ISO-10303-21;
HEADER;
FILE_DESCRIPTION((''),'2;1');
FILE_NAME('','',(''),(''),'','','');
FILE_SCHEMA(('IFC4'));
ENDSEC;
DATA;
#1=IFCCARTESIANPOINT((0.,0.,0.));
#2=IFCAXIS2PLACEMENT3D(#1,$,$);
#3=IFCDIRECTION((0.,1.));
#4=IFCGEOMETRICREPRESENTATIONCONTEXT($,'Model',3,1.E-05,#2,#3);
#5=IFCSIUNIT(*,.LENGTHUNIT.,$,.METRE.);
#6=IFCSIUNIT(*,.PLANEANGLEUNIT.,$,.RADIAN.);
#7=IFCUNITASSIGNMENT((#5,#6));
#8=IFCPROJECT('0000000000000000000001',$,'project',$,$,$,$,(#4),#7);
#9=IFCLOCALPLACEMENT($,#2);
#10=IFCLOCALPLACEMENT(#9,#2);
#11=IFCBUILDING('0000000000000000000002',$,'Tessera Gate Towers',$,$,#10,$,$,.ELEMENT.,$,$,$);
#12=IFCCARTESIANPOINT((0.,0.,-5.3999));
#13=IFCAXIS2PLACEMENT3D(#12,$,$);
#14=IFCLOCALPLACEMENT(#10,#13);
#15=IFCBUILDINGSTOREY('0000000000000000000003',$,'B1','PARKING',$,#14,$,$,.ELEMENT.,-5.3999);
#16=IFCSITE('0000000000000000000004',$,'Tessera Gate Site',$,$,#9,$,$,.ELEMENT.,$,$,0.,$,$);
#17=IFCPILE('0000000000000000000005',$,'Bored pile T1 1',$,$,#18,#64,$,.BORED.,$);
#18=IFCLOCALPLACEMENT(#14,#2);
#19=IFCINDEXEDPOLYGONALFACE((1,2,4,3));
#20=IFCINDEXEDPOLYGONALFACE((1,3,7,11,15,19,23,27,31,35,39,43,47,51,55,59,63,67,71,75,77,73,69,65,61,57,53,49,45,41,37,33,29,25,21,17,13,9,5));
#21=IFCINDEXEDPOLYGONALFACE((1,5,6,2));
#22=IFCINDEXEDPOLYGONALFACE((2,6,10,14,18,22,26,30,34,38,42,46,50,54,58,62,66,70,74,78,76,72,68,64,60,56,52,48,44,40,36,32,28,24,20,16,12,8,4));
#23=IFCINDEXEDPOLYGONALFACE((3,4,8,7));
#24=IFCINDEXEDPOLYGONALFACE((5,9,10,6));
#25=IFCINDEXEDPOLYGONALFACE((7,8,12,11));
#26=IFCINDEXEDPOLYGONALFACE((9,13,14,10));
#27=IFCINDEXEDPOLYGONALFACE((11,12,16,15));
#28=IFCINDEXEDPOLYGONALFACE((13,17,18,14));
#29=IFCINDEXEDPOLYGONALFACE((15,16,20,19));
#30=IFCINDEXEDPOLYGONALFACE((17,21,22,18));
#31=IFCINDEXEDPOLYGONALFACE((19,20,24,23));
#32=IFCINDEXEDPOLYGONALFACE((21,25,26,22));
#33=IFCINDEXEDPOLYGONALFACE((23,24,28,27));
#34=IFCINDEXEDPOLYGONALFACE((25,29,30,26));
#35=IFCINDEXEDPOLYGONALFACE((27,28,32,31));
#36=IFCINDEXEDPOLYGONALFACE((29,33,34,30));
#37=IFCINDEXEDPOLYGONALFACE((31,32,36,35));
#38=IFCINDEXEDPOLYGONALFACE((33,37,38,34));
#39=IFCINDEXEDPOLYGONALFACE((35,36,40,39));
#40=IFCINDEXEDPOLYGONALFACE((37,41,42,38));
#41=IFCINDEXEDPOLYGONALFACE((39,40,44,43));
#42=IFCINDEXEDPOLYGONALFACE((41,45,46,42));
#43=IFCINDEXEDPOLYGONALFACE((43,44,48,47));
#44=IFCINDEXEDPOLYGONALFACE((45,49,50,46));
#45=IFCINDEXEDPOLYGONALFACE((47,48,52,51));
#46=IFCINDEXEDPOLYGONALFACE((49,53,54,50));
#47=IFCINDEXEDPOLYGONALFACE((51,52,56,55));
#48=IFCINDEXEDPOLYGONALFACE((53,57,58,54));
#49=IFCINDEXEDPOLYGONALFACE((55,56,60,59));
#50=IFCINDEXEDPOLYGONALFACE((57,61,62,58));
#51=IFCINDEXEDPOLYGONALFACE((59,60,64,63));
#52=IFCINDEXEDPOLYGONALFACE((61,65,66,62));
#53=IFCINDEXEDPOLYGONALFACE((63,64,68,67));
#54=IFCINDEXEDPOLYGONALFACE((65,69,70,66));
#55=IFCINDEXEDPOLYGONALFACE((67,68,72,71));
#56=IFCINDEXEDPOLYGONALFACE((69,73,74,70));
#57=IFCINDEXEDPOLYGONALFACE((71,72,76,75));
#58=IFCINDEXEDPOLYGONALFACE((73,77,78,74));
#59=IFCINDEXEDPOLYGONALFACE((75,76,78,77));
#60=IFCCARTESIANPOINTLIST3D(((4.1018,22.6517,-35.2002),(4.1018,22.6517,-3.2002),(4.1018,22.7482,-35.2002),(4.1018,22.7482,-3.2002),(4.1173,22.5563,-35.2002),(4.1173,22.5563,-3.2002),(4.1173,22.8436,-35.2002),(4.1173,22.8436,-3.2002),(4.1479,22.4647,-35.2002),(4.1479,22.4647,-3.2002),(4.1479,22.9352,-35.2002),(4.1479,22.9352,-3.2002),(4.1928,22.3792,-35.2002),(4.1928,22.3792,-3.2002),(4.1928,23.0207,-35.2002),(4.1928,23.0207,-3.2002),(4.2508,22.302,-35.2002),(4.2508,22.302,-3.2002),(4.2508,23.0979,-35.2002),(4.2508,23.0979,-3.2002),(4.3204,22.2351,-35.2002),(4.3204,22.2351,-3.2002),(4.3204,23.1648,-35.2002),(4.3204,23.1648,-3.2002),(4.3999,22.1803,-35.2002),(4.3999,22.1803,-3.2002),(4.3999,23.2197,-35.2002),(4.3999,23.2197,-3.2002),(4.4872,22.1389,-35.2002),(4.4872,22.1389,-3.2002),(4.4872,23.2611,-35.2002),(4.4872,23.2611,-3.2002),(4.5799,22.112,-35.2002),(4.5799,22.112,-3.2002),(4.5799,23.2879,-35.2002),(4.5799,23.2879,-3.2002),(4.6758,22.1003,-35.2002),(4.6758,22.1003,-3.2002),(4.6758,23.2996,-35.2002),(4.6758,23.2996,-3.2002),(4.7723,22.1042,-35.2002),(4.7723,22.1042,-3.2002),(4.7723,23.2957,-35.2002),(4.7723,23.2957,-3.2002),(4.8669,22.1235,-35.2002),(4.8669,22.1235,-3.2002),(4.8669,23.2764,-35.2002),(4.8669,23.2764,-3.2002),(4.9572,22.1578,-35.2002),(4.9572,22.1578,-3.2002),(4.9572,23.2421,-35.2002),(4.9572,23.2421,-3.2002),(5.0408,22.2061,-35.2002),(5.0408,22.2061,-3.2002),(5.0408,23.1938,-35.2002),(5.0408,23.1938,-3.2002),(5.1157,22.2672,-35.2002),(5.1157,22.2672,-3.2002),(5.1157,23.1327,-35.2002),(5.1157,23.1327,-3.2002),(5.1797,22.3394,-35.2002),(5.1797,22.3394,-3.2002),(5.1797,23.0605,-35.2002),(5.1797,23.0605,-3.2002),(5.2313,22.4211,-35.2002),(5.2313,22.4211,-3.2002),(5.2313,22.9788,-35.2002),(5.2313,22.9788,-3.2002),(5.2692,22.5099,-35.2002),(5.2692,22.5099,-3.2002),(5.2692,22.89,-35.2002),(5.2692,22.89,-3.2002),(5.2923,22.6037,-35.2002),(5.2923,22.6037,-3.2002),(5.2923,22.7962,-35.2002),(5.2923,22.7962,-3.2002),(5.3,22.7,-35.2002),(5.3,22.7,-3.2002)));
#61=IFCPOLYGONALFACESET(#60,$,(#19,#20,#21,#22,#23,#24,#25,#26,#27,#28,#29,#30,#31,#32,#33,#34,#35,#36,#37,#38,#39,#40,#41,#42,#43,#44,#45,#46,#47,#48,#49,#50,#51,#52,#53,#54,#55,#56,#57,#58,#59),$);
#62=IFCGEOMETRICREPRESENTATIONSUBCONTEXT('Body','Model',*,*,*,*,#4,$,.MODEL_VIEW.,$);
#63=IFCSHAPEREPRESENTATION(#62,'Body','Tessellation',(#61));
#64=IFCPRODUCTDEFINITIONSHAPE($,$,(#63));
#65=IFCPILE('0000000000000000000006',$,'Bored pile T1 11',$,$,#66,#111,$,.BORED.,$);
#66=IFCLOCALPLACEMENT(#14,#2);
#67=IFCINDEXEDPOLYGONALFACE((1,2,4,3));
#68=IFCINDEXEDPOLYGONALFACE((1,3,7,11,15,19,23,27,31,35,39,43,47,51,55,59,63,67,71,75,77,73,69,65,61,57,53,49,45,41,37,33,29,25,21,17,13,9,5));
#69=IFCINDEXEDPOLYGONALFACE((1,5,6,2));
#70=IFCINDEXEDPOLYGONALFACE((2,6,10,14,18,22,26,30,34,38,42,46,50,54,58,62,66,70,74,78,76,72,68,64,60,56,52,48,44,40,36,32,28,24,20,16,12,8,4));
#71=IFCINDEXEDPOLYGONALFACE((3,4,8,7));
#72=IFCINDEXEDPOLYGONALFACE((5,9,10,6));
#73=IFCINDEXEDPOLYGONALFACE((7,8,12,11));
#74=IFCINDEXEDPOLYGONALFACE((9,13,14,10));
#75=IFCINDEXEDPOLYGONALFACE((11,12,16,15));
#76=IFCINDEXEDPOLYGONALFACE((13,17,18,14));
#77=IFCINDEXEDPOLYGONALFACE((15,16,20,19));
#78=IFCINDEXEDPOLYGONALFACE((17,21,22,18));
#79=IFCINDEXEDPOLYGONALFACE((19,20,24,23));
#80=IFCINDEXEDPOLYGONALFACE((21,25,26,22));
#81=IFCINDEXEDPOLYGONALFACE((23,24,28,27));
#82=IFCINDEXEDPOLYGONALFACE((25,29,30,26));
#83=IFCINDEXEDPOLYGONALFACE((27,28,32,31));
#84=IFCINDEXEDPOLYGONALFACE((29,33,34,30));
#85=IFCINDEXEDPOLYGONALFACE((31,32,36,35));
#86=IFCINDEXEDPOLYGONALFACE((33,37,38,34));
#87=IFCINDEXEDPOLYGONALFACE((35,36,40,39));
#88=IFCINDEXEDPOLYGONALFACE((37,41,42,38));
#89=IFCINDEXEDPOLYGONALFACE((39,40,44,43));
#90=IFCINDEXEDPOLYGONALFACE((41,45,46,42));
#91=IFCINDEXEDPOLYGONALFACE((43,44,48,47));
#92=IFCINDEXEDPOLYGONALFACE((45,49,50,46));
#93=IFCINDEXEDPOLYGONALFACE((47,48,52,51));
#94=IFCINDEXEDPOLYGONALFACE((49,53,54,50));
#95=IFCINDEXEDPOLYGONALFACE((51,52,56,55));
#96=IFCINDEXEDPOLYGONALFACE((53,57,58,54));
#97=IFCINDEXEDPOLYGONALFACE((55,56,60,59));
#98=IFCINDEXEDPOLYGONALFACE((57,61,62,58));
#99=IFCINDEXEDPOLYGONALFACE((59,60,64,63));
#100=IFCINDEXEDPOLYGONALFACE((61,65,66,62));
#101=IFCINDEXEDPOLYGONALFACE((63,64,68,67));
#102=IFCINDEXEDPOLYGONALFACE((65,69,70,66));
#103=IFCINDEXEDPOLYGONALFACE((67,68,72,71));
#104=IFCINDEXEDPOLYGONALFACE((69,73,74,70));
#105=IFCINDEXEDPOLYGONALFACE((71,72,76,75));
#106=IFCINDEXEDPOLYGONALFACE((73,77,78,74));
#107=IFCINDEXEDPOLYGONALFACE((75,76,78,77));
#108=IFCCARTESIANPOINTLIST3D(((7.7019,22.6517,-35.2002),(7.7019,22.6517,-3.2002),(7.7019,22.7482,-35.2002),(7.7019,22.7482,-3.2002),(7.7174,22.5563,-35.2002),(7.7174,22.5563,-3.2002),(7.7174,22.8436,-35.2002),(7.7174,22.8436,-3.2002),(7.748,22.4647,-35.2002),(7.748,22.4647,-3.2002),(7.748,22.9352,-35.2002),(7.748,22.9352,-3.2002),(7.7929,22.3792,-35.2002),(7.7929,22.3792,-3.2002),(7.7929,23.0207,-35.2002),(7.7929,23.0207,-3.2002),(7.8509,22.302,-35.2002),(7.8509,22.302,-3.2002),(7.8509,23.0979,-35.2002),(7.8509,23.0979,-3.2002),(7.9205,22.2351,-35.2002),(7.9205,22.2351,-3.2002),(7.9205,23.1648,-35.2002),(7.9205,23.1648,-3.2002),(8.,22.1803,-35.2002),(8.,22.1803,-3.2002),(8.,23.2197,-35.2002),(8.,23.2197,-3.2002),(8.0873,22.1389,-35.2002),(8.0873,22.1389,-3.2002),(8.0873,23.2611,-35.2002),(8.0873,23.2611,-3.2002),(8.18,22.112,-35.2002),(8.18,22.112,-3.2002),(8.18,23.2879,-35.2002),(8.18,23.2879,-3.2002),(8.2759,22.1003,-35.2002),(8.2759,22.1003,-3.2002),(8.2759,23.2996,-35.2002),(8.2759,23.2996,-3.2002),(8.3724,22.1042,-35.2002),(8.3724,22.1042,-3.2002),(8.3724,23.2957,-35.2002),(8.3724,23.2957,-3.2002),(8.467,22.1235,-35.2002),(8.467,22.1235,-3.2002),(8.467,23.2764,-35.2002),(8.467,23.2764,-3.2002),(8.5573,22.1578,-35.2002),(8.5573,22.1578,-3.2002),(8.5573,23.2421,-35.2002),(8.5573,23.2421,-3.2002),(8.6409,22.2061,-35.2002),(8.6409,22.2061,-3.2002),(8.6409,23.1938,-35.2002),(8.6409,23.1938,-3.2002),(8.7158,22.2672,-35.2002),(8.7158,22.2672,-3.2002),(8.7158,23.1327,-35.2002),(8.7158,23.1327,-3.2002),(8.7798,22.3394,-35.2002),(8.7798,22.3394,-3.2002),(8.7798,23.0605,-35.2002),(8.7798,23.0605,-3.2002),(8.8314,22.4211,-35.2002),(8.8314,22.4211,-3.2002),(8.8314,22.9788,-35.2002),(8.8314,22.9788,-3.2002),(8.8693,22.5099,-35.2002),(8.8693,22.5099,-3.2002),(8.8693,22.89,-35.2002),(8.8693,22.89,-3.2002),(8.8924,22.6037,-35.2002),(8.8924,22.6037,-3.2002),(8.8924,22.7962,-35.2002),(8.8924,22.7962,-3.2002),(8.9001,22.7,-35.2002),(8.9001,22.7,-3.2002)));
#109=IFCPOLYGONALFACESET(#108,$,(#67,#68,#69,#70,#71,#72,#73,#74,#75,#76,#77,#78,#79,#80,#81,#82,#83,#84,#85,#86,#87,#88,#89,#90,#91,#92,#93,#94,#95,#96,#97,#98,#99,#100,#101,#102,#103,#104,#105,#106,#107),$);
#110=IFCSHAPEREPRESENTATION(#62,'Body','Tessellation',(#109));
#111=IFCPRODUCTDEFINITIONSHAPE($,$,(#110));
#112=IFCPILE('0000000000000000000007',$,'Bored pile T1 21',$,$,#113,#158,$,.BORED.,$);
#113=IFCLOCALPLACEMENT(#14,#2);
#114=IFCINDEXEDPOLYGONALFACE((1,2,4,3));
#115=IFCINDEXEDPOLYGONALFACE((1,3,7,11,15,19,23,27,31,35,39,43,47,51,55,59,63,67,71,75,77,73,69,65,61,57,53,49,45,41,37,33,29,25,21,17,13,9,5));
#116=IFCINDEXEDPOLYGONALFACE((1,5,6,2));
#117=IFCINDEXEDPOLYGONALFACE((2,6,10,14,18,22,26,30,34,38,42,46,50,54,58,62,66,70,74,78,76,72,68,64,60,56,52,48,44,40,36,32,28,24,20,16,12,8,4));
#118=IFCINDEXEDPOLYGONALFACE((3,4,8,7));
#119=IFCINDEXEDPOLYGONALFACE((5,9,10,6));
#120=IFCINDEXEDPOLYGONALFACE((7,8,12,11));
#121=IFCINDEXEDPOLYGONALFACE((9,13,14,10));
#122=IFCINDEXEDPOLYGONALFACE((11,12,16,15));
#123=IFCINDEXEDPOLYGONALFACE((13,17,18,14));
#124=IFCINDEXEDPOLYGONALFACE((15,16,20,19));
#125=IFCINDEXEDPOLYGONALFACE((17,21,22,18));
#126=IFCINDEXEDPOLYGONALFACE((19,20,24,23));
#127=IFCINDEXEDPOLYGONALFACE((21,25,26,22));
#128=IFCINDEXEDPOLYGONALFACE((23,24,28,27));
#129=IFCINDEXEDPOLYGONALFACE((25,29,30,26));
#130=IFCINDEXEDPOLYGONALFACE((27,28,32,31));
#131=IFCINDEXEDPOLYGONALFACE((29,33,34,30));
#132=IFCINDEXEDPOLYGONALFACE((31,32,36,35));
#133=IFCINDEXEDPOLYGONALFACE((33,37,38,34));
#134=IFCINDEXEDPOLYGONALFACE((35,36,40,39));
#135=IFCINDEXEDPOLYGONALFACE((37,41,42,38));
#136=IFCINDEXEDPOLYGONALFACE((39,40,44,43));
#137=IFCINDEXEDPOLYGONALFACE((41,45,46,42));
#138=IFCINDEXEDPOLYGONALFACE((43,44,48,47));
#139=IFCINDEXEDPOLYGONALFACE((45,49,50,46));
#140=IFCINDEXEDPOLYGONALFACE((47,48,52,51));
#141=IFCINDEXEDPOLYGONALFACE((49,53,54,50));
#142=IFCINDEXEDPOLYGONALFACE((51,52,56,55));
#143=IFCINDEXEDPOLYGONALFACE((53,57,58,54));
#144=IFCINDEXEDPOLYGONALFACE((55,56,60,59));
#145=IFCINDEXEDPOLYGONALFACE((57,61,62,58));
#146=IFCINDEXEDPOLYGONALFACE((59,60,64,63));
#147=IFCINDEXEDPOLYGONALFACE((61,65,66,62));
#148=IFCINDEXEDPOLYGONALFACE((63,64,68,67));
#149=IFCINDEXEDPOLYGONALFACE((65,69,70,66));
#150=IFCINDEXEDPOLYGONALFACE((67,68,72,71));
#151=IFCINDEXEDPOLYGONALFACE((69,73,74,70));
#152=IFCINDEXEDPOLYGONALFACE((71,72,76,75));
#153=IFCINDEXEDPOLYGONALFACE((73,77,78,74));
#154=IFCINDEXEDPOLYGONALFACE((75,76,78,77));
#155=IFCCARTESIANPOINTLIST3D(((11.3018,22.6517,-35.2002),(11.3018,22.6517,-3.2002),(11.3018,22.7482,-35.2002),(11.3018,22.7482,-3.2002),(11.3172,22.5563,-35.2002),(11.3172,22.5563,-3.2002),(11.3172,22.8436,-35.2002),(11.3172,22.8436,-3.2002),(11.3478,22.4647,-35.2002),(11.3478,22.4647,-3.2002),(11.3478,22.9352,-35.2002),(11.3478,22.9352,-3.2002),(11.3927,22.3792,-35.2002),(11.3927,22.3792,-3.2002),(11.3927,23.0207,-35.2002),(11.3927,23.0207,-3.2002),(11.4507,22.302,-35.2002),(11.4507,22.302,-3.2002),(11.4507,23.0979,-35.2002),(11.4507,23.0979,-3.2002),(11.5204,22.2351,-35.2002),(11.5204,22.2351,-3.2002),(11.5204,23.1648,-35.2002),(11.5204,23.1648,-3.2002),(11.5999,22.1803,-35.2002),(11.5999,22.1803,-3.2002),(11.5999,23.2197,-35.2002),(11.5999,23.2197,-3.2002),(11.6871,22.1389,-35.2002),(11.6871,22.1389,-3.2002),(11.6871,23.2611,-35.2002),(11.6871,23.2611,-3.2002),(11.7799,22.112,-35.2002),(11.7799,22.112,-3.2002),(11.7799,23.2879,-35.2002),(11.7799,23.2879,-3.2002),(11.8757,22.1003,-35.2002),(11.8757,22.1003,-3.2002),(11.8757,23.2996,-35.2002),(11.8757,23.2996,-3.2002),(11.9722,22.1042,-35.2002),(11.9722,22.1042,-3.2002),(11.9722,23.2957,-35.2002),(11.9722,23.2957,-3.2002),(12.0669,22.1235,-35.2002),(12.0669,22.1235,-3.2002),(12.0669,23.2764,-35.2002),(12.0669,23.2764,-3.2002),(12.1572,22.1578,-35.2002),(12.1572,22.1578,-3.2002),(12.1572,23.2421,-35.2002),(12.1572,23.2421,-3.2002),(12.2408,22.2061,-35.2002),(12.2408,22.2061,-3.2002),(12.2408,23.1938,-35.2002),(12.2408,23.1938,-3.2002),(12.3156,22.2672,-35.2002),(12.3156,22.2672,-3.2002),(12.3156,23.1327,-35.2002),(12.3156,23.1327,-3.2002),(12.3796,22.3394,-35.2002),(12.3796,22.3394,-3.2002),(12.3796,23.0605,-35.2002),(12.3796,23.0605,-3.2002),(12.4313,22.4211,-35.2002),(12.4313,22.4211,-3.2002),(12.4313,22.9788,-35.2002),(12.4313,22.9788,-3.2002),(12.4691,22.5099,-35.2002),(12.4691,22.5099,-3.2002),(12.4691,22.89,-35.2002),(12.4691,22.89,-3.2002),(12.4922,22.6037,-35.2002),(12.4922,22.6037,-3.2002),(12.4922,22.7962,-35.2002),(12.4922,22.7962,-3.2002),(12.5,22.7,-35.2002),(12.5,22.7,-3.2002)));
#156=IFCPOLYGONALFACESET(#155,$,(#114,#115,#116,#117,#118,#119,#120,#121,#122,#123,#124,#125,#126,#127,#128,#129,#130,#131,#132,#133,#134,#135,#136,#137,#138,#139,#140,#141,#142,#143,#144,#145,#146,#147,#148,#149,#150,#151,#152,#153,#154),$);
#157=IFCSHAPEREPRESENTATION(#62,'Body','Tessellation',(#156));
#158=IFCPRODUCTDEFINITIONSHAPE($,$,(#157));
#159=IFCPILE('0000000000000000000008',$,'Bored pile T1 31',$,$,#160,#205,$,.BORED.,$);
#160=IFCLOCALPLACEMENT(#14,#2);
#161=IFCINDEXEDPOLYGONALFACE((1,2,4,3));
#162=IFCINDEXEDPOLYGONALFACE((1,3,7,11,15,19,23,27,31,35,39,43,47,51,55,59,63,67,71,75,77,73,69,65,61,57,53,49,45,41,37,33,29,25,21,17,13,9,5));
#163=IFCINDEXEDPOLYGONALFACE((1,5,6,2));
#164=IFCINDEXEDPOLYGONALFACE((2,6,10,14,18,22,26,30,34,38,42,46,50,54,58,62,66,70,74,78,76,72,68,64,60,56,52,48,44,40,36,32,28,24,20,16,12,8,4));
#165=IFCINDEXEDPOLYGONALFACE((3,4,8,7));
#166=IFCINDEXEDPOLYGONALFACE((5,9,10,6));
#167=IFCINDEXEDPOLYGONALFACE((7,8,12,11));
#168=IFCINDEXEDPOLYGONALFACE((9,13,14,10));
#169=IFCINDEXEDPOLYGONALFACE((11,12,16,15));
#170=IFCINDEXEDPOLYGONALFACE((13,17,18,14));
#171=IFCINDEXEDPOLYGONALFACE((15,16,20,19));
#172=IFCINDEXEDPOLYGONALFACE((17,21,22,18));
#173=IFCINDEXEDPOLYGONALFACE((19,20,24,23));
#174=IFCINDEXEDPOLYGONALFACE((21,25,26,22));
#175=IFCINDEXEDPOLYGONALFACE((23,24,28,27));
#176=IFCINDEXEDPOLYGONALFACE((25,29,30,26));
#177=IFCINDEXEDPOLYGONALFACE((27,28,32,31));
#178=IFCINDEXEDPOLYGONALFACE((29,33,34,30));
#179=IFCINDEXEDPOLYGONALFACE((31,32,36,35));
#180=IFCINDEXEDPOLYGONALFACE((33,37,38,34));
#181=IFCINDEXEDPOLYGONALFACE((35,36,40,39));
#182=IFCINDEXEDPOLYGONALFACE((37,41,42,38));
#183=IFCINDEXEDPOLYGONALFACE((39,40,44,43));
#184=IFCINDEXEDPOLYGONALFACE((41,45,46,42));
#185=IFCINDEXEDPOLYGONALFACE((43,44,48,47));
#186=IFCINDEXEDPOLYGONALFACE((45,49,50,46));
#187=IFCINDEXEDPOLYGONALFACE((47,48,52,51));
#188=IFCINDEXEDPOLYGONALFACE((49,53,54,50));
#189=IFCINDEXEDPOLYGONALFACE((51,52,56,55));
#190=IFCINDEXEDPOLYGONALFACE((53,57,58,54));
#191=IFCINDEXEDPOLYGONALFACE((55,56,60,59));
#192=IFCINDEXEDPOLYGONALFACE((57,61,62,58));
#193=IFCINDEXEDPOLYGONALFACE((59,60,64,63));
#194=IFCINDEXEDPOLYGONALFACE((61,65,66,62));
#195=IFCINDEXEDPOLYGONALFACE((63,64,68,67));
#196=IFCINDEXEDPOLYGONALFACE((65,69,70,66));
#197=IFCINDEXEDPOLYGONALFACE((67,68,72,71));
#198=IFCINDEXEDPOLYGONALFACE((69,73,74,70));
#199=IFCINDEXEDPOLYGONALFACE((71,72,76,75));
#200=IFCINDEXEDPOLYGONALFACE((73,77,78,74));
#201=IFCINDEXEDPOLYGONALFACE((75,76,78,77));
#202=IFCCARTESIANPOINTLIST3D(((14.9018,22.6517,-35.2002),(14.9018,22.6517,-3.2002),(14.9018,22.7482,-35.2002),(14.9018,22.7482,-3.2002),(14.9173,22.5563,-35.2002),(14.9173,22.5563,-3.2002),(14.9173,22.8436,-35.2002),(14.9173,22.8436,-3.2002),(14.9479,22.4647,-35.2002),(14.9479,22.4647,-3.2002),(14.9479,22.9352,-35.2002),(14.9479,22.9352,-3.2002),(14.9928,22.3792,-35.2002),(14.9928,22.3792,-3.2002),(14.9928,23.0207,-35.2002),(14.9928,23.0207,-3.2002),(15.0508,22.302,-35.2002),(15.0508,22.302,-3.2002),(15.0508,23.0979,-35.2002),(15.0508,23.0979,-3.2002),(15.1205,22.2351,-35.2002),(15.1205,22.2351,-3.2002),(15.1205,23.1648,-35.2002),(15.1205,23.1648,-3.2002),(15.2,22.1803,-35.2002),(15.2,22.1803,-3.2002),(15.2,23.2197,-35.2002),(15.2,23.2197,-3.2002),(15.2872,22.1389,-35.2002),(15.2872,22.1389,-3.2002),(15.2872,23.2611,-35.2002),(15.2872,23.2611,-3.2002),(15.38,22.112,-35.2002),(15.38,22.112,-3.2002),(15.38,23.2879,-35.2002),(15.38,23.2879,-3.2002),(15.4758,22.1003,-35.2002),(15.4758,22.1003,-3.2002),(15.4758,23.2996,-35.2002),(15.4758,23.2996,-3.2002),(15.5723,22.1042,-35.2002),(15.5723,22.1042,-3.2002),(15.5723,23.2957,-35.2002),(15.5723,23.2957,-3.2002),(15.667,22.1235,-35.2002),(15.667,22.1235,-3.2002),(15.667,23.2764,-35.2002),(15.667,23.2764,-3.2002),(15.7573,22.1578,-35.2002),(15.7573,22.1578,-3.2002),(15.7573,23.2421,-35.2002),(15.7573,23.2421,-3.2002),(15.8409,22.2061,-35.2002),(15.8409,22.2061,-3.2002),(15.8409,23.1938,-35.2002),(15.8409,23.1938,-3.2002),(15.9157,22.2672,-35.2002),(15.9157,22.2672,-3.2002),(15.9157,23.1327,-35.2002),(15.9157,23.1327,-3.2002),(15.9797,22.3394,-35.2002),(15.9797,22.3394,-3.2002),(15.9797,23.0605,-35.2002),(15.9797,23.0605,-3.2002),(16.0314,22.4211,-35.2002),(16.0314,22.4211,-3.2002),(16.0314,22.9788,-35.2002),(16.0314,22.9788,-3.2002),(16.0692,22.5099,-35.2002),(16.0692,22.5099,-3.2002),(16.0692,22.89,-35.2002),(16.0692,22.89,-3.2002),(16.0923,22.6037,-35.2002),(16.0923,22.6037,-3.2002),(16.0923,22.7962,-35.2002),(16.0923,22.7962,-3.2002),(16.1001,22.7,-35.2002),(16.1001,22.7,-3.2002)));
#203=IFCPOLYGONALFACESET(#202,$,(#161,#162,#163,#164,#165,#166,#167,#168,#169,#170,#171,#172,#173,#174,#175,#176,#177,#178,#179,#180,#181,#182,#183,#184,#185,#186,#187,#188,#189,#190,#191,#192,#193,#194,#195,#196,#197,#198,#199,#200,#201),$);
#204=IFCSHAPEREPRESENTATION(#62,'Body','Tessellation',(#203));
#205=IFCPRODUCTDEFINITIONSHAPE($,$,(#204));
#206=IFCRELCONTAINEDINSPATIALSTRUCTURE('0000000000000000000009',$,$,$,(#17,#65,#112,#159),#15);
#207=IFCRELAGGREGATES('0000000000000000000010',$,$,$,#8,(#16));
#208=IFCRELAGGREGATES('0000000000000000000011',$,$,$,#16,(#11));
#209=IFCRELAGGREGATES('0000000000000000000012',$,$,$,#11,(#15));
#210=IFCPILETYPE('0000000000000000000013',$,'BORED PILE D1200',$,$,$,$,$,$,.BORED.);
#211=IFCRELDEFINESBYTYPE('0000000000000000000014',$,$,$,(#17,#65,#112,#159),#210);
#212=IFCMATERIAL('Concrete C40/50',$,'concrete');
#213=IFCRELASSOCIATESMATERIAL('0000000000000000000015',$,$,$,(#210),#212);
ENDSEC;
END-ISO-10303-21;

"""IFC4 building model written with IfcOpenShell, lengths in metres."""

from ifc_helpers import new_model, si_unit, direction, frame, origin, origin_2d, place, context, subcontext, project, spatial, circle, extrude, material, material_profile, profile_set, type_object, element, save


model = new_model("IFC4")

# Units and contexts
model_context = context("Model", 3, precision=1e-05, world=origin(), true_north=direction((0.0, 1.0)))
body_context = subcontext(model_context, "Body", "Model", "MODEL_VIEW")
ifc_project = project(units=[si_unit("LENGTHUNIT", "METRE"), si_unit("PLANEANGLEUNIT", "RADIAN")], contexts=[model_context])

# Site, building, storey
site_placement = place(None, origin())
site = spatial("IfcSite", under=ifc_project, at=site_placement, Name="Tessera Gate Site", CompositionType="ELEMENT", RefElevation=0.0)
building_placement = place(site_placement, origin())
building = spatial("IfcBuilding", under=site, at=building_placement, Name="Tessera Gate Towers", CompositionType="ELEMENT")
storey_placement = place(building_placement, frame((0.0, 0.0, -5.3999)))
storey = spatial("IfcBuildingStorey", under=building, at=storey_placement, Name="B1", Description="PARKING", CompositionType="ELEMENT", Elevation=-5.3999)

# Piles
ifc_material_1 = material(Name="Concrete C40/50", Category="concrete")
ifc_material_profile_1 = material_profile(ifc_material_1, circle(Radius=0.6001, at=origin_2d()), Name="BORED PILE D1200")
ifc_profile_set_1 = profile_set([ifc_material_profile_1], Name="Concrete C40/50")
pile_type = type_object("IfcPileType", Name="BORED PILE D1200", PredefinedType="BORED", material=ifc_profile_set_1)
for number, where, z_axis, x_axis, name in (
    (1, (4.7, 22.7, -3.2002), (0.0, 0.0, -1.0), (1.0, 0.0, 0.0), "Bored pile T1 1"),
    (2, (8.3, 22.7, -3.2002), (0.0, 0.0, -1.0), (1.0, 0.0, 0.0), "Bored pile T1 11"),
    (3, (11.8999, 22.7, -3.2002), (0.0, 0.0, -1.0), (1.0, 0.0, 0.0), "Bored pile T1 21"),
    (4, (15.5, 22.7, -3.2002), (0.0, 0.0, -1.0), (1.0, 0.0, 0.0), "Bored pile T1 31"),
):
    element("IfcPile", number, at=place(storey_placement, frame(where, z_axis=z_axis, x_axis=x_axis)), inside=storey, type_object=pile_type, Name=name, PredefinedType="BORED", context=body_context, shape_type="SweptSolid", body=[
        extrude(circle(Radius=0.6001, at=origin_2d()), origin(), (0.0, 0.0, 1.0), 32.0),
    ])

save(model, "model.ifc")
